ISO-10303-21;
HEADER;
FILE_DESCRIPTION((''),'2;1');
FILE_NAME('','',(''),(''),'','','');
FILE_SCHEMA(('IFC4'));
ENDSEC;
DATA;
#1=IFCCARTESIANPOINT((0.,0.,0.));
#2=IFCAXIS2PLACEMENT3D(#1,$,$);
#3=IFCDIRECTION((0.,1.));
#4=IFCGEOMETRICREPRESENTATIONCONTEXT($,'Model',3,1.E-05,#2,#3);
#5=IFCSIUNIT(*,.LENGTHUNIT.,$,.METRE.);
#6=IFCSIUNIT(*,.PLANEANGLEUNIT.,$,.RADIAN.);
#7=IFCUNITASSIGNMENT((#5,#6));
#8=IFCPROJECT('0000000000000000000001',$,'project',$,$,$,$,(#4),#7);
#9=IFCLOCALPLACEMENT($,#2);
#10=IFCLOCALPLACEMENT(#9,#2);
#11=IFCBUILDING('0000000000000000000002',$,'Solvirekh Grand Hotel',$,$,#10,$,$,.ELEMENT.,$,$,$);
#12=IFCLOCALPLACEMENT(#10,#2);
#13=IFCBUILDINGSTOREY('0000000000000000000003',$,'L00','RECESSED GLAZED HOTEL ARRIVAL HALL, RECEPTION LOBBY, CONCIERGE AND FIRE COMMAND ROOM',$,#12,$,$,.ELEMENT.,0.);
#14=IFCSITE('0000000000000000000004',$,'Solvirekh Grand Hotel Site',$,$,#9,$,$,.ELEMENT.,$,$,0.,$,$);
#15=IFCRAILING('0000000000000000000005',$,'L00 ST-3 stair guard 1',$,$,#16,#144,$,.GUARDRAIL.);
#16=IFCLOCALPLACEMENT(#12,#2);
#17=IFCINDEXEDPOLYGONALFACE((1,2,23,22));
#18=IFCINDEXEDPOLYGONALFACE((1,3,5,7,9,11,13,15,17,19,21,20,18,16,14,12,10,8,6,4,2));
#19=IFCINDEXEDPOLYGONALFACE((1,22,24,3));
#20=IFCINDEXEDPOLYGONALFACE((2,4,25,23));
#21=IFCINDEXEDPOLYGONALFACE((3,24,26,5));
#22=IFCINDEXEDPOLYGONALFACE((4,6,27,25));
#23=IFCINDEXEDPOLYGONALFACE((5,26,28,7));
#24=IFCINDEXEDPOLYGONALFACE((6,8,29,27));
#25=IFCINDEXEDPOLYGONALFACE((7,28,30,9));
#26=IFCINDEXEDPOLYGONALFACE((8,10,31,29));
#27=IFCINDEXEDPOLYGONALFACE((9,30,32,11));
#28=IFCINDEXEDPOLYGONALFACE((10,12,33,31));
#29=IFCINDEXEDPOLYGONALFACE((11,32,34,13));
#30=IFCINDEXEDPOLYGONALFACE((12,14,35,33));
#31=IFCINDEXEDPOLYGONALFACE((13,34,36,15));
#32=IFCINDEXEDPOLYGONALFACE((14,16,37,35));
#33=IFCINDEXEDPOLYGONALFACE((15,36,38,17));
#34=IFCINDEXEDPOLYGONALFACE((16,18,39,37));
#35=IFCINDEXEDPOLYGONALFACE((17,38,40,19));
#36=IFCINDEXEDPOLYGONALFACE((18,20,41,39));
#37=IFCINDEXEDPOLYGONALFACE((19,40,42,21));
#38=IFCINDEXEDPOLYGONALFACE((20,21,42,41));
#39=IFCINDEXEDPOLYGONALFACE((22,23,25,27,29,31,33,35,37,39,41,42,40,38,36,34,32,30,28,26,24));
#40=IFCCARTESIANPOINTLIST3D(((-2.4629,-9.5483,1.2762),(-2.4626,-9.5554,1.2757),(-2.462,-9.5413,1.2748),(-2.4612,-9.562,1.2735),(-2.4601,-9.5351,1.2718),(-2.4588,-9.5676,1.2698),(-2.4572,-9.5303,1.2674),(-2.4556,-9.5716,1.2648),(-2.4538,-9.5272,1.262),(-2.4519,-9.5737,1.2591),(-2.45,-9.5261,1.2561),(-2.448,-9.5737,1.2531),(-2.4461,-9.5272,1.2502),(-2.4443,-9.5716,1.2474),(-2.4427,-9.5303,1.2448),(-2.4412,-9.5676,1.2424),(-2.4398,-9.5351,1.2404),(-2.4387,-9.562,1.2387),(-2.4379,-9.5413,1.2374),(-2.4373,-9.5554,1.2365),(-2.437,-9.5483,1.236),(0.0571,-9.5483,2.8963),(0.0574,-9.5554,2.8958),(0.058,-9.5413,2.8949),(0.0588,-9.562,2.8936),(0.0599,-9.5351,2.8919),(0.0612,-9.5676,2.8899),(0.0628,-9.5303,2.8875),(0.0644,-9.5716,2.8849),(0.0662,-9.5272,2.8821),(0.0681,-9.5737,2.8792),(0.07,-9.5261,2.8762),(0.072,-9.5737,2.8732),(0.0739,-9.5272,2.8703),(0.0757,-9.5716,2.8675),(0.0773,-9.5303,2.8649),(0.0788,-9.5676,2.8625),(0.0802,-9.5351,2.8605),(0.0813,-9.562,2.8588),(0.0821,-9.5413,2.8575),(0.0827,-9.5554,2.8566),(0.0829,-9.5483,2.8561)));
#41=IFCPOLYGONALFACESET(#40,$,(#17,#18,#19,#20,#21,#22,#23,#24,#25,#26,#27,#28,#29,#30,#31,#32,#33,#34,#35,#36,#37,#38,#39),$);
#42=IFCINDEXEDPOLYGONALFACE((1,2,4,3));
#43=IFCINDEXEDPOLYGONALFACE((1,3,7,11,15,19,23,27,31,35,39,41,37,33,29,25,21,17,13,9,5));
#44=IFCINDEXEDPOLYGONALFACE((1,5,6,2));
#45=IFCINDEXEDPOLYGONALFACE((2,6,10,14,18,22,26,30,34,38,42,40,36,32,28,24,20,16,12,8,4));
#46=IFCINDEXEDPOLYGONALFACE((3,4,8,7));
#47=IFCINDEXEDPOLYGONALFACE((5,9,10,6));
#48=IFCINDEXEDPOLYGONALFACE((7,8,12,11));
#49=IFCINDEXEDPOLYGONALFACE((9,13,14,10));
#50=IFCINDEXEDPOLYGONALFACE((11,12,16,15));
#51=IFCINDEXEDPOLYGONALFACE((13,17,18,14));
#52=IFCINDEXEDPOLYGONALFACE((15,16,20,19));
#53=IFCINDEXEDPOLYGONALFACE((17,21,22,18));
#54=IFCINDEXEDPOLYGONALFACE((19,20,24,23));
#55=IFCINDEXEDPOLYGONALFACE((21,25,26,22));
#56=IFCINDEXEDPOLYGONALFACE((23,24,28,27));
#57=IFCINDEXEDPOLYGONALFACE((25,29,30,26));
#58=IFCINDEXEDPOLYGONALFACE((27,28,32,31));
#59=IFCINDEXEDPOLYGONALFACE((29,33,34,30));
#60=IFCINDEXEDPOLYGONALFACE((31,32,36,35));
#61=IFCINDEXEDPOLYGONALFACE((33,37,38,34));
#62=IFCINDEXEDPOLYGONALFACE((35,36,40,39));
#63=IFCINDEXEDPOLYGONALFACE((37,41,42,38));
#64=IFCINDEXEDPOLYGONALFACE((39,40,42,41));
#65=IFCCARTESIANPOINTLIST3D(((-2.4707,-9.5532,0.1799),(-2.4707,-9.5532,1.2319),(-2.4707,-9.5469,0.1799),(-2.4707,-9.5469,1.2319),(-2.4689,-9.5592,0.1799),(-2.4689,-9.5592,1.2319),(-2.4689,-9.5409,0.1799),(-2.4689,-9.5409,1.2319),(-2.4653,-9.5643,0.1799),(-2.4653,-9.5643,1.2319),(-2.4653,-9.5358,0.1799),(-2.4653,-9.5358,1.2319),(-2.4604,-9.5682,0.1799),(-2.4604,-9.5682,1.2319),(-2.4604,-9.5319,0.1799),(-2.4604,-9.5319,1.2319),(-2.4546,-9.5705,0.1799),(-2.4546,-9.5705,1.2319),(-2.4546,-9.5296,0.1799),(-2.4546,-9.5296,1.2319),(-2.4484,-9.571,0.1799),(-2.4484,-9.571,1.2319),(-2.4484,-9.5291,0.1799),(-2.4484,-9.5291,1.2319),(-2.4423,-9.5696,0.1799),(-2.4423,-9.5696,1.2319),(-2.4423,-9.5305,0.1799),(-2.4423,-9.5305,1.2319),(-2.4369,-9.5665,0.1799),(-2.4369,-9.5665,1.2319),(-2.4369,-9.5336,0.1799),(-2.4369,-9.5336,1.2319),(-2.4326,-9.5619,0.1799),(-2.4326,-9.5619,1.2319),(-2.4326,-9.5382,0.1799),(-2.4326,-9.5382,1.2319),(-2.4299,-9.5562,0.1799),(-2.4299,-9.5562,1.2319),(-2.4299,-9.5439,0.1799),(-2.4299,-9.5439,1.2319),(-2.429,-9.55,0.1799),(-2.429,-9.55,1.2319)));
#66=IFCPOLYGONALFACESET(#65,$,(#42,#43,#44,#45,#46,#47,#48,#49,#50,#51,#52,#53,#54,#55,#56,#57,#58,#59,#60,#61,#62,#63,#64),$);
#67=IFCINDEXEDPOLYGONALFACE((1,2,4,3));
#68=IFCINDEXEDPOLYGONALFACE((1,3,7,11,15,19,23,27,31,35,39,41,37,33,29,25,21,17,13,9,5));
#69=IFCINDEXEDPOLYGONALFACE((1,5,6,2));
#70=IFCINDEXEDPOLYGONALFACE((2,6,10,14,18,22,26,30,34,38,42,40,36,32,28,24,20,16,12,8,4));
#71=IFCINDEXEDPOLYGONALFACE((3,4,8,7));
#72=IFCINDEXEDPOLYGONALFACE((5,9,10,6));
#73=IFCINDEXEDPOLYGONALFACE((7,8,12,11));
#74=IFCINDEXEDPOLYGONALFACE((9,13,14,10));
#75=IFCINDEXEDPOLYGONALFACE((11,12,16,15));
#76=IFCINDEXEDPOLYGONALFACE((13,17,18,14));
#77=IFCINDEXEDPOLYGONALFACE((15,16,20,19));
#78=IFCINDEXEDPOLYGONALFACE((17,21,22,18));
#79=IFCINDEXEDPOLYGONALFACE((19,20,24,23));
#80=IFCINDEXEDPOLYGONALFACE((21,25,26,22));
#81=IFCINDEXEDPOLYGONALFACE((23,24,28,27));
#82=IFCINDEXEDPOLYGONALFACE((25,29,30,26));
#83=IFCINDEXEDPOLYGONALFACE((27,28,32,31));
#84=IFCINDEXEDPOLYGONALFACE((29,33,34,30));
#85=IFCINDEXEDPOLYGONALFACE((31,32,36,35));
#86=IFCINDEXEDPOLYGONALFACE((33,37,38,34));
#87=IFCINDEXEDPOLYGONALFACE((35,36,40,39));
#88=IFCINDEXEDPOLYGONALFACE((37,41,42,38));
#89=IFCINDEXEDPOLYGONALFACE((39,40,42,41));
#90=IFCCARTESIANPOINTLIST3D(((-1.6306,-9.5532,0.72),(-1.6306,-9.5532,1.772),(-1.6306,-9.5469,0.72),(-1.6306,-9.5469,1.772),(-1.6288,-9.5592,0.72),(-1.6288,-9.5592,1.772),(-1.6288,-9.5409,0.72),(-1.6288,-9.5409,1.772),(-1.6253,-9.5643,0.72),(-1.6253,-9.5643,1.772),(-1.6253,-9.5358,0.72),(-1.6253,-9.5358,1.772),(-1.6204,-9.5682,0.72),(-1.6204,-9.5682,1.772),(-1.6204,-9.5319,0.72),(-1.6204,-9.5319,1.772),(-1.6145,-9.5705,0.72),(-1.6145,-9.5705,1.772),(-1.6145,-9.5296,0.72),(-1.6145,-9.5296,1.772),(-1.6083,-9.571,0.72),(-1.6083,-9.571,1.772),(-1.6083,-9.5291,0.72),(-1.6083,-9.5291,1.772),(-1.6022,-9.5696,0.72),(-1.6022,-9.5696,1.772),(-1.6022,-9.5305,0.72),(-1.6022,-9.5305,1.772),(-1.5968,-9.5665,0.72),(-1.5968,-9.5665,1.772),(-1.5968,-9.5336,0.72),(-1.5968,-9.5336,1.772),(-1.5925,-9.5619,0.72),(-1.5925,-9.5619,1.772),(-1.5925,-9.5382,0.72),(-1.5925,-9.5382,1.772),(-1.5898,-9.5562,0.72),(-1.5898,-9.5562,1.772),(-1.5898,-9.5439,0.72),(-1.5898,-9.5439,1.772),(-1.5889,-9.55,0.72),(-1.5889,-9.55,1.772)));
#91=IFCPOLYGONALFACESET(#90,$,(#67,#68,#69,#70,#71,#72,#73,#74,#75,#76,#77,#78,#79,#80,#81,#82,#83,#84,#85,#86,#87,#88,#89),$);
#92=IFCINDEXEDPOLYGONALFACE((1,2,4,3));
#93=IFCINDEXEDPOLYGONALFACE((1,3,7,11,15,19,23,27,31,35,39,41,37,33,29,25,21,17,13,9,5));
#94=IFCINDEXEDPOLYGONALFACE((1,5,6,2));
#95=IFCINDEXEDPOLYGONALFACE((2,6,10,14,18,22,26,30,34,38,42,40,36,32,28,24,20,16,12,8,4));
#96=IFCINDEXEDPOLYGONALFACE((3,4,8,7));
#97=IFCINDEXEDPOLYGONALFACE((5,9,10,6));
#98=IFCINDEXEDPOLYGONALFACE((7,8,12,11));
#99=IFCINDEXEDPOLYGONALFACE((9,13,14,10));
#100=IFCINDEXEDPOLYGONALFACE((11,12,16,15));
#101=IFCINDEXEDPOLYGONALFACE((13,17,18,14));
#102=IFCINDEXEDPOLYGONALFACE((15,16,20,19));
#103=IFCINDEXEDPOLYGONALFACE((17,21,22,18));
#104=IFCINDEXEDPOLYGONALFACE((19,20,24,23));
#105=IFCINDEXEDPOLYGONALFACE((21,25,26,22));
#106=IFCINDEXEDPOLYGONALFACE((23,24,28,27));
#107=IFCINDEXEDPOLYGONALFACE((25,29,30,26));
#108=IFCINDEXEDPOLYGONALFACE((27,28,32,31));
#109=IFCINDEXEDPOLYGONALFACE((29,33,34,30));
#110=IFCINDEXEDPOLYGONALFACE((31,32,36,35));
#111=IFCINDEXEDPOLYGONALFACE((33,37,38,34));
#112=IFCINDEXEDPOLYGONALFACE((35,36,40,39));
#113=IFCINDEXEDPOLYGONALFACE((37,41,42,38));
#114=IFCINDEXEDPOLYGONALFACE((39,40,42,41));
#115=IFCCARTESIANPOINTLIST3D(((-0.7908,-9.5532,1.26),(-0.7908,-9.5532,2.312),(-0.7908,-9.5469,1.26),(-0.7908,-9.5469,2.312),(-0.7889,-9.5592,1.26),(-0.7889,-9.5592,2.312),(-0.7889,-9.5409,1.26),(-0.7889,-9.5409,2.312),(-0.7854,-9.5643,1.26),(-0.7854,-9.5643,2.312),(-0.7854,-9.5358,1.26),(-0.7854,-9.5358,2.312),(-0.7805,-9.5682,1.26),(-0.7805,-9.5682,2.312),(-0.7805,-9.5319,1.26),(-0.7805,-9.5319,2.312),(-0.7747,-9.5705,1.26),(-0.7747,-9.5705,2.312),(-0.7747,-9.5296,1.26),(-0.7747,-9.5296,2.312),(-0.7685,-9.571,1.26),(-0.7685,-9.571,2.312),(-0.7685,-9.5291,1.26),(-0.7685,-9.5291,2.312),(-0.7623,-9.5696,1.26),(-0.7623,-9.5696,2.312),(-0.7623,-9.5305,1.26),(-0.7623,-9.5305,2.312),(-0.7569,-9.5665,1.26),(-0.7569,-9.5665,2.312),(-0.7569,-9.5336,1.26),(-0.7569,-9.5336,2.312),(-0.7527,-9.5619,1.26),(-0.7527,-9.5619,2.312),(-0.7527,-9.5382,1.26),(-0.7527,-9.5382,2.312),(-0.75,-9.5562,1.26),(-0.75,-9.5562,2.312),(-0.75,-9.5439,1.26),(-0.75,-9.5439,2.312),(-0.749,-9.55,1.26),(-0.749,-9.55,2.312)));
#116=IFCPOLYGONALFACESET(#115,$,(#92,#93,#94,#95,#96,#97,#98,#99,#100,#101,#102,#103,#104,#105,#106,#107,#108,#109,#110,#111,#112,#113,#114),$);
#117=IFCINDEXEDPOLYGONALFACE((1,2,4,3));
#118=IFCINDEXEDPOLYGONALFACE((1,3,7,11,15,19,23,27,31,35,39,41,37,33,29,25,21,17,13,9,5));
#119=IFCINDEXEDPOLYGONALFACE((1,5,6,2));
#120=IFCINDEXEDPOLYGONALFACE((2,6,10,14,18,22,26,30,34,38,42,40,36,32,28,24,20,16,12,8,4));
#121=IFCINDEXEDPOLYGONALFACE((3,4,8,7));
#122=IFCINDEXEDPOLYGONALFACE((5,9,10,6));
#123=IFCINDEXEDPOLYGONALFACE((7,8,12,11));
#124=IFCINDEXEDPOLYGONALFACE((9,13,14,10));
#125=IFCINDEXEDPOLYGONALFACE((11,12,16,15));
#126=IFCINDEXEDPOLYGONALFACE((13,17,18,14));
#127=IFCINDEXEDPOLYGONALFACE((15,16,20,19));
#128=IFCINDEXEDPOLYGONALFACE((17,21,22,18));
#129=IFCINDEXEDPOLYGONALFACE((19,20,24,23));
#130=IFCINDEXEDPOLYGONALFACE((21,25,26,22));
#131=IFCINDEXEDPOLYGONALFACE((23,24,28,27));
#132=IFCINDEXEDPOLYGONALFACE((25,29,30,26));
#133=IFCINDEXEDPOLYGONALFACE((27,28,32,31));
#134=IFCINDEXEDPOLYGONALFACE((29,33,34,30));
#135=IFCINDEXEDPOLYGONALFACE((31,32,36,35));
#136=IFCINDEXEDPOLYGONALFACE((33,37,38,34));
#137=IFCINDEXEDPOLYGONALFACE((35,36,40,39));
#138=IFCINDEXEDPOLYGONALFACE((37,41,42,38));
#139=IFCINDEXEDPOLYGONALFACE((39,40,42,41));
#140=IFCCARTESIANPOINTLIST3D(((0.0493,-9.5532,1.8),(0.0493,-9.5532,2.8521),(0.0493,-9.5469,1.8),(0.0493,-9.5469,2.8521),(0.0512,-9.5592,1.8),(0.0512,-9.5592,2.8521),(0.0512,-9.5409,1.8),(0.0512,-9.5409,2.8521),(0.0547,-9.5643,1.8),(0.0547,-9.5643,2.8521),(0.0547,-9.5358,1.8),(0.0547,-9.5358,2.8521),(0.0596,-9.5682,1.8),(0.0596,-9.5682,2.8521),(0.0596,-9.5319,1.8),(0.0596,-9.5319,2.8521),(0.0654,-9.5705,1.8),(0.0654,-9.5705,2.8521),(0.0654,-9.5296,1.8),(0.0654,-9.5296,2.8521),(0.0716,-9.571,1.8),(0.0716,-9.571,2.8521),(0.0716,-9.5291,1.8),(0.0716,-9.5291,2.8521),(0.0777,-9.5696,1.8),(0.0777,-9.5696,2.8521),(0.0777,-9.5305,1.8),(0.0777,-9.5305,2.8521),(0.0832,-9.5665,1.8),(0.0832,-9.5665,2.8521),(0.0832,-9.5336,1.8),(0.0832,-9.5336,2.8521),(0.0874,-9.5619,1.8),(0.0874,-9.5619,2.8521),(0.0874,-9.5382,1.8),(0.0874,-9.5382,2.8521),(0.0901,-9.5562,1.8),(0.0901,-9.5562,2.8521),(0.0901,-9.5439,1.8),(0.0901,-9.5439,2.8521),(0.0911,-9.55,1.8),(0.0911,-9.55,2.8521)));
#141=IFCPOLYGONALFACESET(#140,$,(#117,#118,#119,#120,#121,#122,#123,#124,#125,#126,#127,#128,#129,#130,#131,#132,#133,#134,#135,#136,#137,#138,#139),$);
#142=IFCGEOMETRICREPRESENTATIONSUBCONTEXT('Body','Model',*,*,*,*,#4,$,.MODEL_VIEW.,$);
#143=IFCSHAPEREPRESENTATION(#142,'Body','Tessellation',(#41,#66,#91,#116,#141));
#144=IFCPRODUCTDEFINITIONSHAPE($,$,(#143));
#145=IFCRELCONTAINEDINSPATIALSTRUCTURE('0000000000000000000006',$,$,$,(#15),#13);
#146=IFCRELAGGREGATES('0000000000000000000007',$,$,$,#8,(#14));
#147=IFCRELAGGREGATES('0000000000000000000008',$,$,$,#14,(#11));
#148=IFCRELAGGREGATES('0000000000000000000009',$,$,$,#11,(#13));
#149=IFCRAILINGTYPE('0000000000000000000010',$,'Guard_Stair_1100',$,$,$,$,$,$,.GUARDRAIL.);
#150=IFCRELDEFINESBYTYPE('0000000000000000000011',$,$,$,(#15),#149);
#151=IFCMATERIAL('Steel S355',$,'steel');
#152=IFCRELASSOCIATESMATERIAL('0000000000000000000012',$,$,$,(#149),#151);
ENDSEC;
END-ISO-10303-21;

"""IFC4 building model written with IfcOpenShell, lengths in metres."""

from ifc_helpers import new_model, si_unit, direction, frame, origin, origin_2d, place, context, subcontext, project, spatial, circle, extrude, material, type_object, element, save


model = new_model("IFC4")

# Units and contexts
model_context = context("Model", 3, precision=1e-05, world=origin(), true_north=direction((0.0, 1.0)))
body_context = subcontext(model_context, "Body", "Model", "MODEL_VIEW")
ifc_project = project(units=[si_unit("LENGTHUNIT", "METRE"), si_unit("PLANEANGLEUNIT", "RADIAN")], contexts=[model_context])

# Site, building, storey
site_placement = place(None, origin())
site = spatial("IfcSite", under=ifc_project, at=site_placement, Name="Solvirekh Grand Hotel Site", CompositionType="ELEMENT", RefElevation=0.0)
building_placement = place(site_placement, origin())
building = spatial("IfcBuilding", under=site, at=building_placement, Name="Solvirekh Grand Hotel", CompositionType="ELEMENT")
storey_placement = place(building_placement, origin())
storey = spatial("IfcBuildingStorey", under=building, at=storey_placement, Name="L00", Description="RECESSED GLAZED HOTEL ARRIVAL HALL, RECEPTION LOBBY, CONCIERGE AND FIRE COMMAND ROOM", CompositionType="ELEMENT", Elevation=0.0)

# Railing
ifc_material_1 = material(Name="Steel S355", Category="steel")
railing_type_1 = type_object("IfcRailingType", Name="Guard_Stair_1100", PredefinedType="GUARDRAIL", material=ifc_material_1)
for number, where, name in (
    (1, (-2.45, -9.55, 0.1799), "L00 ST-3 stair guard 1"),
):
    element("IfcRailing", number, at=place(storey_placement, frame(where)), inside=storey, type_object=railing_type_1, Name=name, PredefinedType="GUARDRAIL", context=body_context, shape_type="SweptSolid", body=[
        extrude(circle(Radius=0.0239, at=origin_2d()), frame((0.0, 0.0, 1.0762), z_axis=(0.841163, 0.0, 0.540782), x_axis=(0.0, 1.0, 0.0)), (0.0, 0.0, 1.0), 2.9958),
        extrude(circle(Radius=0.021, at=origin_2d()), origin(), (0.0, 0.0, 1.0), 1.052),
        extrude(circle(Radius=0.021, at=origin_2d()), frame((0.8401, 0.0, 0.54)), (0.0, 0.0, 1.0), 1.052),
        extrude(circle(Radius=0.021, at=origin_2d()), frame((1.6799, 0.0, 1.0801)), (0.0, 0.0, 1.0), 1.052),
        extrude(circle(Radius=0.021, at=origin_2d()), frame((2.52, 0.0, 1.6201)), (0.0, 0.0, 1.0), 1.052),
    ])

save(model, "model.ifc")
